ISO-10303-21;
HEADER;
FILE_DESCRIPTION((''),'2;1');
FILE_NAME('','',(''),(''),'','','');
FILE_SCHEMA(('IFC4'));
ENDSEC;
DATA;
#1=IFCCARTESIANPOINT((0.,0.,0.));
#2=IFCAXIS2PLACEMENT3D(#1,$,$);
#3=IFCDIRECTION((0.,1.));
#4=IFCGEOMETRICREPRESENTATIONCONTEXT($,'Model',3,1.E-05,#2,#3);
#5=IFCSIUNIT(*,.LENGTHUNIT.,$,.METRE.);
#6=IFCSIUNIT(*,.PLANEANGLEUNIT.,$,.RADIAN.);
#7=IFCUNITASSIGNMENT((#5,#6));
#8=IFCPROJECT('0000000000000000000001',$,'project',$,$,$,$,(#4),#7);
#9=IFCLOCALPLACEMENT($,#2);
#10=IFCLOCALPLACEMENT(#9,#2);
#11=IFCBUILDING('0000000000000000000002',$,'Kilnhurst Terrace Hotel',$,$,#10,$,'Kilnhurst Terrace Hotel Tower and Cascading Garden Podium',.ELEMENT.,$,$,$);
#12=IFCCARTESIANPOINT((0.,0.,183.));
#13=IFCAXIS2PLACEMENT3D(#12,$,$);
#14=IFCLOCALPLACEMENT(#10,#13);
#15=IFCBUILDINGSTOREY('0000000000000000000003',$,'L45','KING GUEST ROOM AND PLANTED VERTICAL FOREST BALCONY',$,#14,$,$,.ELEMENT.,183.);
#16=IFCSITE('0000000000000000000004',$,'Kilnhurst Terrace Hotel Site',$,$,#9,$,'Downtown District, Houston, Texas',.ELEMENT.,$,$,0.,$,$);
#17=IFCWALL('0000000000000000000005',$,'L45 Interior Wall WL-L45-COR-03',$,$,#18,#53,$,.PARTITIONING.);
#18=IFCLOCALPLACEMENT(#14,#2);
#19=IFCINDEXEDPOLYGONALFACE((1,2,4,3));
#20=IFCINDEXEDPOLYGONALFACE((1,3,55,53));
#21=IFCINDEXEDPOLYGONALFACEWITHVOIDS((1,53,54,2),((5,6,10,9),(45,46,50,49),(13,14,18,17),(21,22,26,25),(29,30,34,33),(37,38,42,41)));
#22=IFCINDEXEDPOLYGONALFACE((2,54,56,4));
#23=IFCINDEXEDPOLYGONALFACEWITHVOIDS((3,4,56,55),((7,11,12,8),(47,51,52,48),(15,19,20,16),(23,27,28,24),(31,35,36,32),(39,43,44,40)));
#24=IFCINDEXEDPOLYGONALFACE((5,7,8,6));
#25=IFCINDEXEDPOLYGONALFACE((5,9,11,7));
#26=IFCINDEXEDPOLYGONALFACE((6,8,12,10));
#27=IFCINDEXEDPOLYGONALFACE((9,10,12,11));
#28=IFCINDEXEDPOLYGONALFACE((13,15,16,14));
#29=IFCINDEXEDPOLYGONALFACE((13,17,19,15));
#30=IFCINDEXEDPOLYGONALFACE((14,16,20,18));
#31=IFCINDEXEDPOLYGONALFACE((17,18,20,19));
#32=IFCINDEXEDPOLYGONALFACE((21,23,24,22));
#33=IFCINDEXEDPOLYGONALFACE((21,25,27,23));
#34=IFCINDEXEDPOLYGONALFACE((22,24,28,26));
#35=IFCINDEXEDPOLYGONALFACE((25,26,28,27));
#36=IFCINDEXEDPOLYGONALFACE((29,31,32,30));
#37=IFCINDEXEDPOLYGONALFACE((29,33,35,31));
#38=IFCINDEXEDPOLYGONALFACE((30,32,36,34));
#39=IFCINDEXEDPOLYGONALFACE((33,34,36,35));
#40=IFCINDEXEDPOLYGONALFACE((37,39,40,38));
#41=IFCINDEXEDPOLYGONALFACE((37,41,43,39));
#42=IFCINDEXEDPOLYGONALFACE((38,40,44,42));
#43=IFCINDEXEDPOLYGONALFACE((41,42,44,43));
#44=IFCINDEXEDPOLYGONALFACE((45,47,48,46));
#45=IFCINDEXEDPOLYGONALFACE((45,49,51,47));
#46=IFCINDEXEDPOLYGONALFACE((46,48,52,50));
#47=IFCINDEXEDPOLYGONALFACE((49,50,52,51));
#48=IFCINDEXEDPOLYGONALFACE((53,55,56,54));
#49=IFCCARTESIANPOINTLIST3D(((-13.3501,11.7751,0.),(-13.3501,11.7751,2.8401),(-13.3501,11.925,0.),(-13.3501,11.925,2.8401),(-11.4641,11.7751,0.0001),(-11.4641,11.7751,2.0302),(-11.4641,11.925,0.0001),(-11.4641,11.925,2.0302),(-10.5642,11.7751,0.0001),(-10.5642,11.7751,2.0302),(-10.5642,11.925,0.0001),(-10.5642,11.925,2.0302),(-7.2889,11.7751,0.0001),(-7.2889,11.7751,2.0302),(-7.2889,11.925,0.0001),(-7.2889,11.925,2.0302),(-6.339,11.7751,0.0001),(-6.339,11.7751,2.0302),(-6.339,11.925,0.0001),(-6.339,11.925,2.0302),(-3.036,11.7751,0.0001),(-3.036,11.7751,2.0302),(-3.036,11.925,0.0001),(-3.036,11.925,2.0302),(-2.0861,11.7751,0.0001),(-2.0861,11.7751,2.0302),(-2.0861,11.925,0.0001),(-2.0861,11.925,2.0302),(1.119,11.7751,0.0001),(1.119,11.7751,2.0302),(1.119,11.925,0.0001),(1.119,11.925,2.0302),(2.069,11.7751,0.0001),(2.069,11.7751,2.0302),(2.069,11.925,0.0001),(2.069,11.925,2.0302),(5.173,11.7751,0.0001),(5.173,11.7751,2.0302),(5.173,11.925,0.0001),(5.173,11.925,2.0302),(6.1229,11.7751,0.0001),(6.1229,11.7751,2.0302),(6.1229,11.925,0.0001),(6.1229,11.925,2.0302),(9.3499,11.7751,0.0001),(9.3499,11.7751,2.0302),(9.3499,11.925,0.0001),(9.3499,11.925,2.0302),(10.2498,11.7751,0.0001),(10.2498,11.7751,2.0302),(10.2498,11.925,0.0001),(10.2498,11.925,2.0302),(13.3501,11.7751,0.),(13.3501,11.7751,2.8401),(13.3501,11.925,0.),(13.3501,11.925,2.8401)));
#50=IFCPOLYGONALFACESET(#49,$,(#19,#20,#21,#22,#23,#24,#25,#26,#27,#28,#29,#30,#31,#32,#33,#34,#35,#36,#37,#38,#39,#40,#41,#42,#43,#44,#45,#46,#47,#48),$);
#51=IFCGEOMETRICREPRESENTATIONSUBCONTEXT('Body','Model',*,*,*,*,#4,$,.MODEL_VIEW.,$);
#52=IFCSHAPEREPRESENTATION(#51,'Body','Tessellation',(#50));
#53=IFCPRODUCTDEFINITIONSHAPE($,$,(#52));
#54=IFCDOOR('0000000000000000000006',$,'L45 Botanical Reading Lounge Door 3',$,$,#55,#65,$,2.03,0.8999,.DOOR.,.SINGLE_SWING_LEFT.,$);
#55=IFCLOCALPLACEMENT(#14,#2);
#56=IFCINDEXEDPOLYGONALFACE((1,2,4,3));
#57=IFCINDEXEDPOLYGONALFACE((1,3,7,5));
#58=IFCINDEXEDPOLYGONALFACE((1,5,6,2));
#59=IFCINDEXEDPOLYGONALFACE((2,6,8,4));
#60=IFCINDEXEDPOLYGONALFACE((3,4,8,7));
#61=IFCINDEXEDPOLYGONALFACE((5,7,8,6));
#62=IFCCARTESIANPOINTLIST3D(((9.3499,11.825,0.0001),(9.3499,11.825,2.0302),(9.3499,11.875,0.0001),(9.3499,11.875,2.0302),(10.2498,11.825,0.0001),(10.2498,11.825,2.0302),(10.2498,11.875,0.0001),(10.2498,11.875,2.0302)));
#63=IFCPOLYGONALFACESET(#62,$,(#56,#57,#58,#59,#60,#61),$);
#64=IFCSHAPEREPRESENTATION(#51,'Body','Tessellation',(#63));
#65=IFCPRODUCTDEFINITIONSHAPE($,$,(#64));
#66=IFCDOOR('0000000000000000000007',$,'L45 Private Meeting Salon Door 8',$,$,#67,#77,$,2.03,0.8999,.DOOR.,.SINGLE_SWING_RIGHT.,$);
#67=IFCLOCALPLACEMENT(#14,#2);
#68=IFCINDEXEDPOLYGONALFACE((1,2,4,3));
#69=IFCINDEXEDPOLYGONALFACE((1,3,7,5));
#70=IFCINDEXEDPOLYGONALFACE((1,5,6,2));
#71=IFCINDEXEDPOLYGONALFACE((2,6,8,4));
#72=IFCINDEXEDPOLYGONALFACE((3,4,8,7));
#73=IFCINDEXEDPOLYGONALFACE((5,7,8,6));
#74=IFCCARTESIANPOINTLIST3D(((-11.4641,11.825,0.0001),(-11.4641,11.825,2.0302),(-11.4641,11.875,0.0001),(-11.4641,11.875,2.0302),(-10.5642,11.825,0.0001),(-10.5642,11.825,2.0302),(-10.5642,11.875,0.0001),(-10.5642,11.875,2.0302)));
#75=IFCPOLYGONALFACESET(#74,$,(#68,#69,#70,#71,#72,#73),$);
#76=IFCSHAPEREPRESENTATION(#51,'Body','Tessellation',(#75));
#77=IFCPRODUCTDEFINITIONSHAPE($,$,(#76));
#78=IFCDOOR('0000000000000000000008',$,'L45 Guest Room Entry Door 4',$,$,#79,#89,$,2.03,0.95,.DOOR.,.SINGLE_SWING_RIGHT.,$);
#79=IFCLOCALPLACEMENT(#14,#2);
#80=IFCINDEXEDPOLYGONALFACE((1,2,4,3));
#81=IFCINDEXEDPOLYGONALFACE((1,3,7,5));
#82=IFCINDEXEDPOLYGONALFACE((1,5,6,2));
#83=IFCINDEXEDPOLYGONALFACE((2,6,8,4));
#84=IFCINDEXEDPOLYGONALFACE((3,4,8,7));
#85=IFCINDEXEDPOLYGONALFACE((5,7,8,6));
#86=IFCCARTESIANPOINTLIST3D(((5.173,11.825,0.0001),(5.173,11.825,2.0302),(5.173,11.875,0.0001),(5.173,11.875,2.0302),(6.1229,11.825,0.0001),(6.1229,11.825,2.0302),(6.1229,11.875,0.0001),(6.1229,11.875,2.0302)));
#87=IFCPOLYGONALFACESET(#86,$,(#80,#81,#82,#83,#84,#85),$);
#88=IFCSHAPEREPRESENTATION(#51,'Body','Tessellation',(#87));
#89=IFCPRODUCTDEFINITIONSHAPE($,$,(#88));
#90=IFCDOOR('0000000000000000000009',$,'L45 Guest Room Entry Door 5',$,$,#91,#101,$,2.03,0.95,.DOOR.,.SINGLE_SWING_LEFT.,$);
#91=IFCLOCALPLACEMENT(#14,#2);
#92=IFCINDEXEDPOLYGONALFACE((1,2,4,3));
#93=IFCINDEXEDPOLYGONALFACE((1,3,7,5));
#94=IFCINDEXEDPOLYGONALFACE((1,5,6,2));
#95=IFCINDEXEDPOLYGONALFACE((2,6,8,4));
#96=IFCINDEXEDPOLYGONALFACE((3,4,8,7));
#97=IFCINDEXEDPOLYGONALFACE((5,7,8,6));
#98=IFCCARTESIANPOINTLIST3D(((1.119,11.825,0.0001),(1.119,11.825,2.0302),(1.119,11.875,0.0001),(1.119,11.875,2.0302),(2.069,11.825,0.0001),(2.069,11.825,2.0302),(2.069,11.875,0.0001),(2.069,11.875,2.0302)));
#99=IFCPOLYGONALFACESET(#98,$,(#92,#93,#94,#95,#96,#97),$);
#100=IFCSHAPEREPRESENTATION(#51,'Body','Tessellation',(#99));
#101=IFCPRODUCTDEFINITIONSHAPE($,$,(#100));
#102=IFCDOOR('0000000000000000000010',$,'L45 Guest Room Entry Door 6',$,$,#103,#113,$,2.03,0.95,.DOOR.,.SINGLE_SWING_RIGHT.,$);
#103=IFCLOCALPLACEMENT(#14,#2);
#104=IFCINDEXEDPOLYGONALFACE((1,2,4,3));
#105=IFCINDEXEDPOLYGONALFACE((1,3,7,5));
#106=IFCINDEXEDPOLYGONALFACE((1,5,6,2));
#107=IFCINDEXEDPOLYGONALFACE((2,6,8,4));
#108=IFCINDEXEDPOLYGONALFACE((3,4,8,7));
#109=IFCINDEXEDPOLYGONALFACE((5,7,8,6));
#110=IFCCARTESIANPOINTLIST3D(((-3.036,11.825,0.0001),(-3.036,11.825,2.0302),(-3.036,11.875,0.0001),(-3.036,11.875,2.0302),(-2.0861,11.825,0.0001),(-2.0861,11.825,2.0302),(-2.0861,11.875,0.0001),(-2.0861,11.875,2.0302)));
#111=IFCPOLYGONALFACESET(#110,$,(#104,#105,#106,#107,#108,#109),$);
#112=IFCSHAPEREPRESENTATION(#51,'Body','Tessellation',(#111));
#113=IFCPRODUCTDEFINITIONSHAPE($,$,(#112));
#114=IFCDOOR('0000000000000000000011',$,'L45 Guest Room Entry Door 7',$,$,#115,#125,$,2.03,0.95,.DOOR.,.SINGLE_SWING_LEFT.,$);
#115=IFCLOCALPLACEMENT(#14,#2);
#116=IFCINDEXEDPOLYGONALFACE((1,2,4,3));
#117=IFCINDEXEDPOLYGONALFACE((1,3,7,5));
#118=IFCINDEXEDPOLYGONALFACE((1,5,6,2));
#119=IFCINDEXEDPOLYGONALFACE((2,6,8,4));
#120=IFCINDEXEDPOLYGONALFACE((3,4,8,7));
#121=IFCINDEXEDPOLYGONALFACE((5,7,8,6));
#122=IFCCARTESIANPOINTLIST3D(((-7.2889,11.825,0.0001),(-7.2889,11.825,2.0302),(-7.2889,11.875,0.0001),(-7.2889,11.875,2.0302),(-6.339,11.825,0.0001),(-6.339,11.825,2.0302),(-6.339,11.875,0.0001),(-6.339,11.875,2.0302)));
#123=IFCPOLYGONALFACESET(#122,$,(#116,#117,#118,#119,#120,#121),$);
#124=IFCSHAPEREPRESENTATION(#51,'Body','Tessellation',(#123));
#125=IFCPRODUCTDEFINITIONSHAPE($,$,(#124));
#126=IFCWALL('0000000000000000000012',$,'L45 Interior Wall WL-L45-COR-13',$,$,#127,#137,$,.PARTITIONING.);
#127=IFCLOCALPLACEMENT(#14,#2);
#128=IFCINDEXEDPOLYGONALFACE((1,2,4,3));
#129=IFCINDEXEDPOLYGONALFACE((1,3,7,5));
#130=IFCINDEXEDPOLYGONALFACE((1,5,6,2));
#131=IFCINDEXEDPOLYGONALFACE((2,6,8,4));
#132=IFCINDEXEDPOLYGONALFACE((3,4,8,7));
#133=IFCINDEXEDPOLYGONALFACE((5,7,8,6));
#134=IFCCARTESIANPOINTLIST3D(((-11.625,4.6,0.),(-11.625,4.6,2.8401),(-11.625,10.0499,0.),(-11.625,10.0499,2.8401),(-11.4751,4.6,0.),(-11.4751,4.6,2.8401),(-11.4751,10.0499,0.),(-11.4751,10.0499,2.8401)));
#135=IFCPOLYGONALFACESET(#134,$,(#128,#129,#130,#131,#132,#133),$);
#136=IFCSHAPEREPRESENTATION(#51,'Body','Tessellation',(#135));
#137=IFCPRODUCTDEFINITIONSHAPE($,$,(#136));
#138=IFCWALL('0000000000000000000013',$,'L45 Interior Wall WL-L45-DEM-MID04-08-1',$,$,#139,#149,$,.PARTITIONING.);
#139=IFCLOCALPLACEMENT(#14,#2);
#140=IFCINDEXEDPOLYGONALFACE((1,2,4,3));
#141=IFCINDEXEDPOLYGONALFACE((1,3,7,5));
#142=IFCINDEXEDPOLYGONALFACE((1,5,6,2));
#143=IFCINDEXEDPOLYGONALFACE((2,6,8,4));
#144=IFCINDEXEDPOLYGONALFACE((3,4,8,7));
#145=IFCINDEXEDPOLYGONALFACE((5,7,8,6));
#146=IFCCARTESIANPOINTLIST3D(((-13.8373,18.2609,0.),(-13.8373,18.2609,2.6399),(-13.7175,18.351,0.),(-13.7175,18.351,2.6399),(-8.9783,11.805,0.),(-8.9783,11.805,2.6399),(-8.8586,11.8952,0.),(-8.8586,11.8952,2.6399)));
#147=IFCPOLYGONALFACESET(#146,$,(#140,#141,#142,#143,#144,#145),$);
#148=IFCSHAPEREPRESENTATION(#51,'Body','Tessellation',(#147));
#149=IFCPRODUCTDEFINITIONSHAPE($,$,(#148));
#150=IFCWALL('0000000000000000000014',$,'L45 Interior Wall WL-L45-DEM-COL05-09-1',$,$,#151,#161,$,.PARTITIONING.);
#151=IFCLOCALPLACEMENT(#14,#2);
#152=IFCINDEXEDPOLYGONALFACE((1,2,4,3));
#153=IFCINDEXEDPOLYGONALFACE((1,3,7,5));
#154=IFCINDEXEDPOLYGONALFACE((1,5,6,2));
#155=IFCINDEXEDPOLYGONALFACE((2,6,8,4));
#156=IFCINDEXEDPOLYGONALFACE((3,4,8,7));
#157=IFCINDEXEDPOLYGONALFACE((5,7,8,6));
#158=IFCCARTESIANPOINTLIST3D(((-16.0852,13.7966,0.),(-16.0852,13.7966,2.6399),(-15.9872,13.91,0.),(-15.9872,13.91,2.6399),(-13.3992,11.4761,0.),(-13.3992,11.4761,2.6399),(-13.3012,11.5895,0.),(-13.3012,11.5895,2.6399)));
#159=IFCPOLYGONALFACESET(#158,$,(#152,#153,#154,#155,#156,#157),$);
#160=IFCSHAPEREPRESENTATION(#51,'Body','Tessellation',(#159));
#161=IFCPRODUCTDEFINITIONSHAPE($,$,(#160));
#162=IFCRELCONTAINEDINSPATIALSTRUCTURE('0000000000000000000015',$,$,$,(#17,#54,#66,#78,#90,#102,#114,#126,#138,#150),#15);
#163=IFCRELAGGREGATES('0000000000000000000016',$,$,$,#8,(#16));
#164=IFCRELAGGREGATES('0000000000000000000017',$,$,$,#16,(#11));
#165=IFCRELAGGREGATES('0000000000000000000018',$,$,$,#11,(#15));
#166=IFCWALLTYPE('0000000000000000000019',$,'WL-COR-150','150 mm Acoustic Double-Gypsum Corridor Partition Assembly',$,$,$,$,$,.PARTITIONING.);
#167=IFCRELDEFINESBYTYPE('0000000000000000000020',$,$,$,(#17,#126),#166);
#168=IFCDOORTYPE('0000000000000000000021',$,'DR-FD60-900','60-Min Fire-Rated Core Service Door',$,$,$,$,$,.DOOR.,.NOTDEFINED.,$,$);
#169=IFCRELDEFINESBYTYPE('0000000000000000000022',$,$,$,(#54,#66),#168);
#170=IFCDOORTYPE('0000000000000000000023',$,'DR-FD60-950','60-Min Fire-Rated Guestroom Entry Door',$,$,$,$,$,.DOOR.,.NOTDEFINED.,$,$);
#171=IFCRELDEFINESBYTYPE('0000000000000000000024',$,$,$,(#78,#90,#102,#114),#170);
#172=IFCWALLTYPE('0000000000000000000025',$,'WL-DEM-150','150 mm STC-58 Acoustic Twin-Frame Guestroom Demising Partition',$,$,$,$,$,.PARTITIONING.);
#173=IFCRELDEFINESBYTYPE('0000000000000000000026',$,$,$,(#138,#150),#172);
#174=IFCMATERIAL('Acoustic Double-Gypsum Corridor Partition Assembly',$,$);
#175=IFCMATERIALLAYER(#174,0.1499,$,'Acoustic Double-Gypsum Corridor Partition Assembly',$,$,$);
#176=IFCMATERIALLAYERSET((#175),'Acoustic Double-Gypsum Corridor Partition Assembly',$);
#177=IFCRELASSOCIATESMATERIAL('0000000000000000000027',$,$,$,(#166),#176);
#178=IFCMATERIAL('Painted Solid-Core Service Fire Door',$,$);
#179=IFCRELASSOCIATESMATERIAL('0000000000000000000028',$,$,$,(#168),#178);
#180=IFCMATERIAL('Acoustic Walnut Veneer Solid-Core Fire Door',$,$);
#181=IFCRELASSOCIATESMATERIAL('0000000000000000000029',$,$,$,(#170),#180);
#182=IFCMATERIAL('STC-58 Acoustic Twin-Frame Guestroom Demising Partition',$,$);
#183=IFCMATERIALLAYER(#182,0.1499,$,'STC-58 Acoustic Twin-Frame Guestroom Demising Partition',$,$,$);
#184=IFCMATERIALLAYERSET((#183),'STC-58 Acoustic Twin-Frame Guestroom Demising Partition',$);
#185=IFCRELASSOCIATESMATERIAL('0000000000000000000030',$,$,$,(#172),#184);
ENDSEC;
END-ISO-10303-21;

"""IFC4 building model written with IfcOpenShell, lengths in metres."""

from ifc_helpers import new_model, si_unit, direction, frame, frame_2d, origin, place, context, subcontext, project, spatial, rectangle, extrude, material, layer, layer_set, type_object, element, fill, save


model = new_model("IFC4")

# Units and contexts
model_context = context("Model", 3, precision=1e-05, world=origin(), true_north=direction((0.0, 1.0)))
body_context = subcontext(model_context, "Body", "Model", "MODEL_VIEW")
ifc_project = project(units=[si_unit("LENGTHUNIT", "METRE"), si_unit("PLANEANGLEUNIT", "RADIAN")], contexts=[model_context])

# Site, building, storey
site_placement = place(None, origin())
site = spatial("IfcSite", under=ifc_project, at=site_placement, Name="Kilnhurst Terrace Hotel Site", LongName="Downtown District, Houston, Texas", CompositionType="ELEMENT", RefElevation=0.0)
building_placement = place(site_placement, origin())
building = spatial("IfcBuilding", under=site, at=building_placement, Name="Kilnhurst Terrace Hotel", LongName="Kilnhurst Terrace Hotel Tower and Cascading Garden Podium", CompositionType="ELEMENT")
storey_placement = place(building_placement, frame((0.0, 0.0, 183.0)))
storey = spatial("IfcBuildingStorey", under=building, at=storey_placement, Name="L45", Description="KING GUEST ROOM AND PLANTED VERTICAL FOREST BALCONY", CompositionType="ELEMENT", Elevation=183.0)

# Wall, openings, doors
ifc_material_1 = material(Name="Acoustic Double-Gypsum Corridor Partition Assembly")
ifc_layer_1 = layer(ifc_material_1, 0.1499, Name="Acoustic Double-Gypsum Corridor Partition Assembly")
ifc_layer_set_1 = layer_set([ifc_layer_1], Name="Acoustic Double-Gypsum Corridor Partition Assembly")
wall_type_1 = type_object("IfcWallType", Name="WL-COR-150", Description="150 mm Acoustic Double-Gypsum Corridor Partition Assembly", PredefinedType="PARTITIONING", material=ifc_layer_set_1)
wall_1_placement = place(storey_placement, frame((-13.3501, 11.8501, 0.0), z_axis=(0.0, 0.0, 1.0), x_axis=(1.0, 0.0, 0.0)))
wall_1 = element("IfcWall", 1, at=wall_1_placement, inside=storey, type_object=wall_type_1, Name="L45 Interior Wall WL-L45-COR-03", PredefinedType="PARTITIONING", context=body_context, shape_type="SweptSolid", body=[
    extrude(rectangle(XDim=26.7002, YDim=0.1499, at=frame_2d((13.3501, 0.0))), origin(), (0.0, 0.0, 1.0), 2.8401),
])
opening_1_placement = place(wall_1_placement, frame((22.7, 0.0, 0.0)))
opening_1 = element("IfcOpeningElement", 2, at=opening_1_placement, cuts=wall_1, PredefinedType="OPENING", context=body_context, shape_type="SweptSolid", body=[
    extrude(rectangle(XDim=0.8999, YDim=2.03, at=frame_2d((0.45, 1.0151))), frame((0.0, 0.085, 0.0), z_axis=(0.0, -1.0, 0.0), x_axis=(1.0, 0.0, 0.0)), (0.0, 0.0, 1.0), 0.1699),
])
opening_2_placement = place(wall_1_placement, frame((18.5229, 0.0, 0.0)))
opening_2 = element("IfcOpeningElement", 3, at=opening_2_placement, cuts=wall_1, PredefinedType="OPENING", context=body_context, shape_type="SweptSolid", body=[
    extrude(rectangle(XDim=0.95, YDim=2.03, at=frame_2d((0.4751, 1.0151))), frame((0.0, 0.085, 0.0), z_axis=(0.0, -1.0, 0.0), x_axis=(1.0, 0.0, 0.0)), (0.0, 0.0, 1.0), 0.1699),
])
opening_3_placement = place(wall_1_placement, frame((14.469, 0.0, 0.0)))
opening_3 = element("IfcOpeningElement", 4, at=opening_3_placement, cuts=wall_1, PredefinedType="OPENING", context=body_context, shape_type="SweptSolid", body=[
    extrude(rectangle(XDim=0.95, YDim=2.03, at=frame_2d((0.4751, 1.0151))), frame((0.0, 0.085, 0.0), z_axis=(0.0, -1.0, 0.0), x_axis=(1.0, 0.0, 0.0)), (0.0, 0.0, 1.0), 0.1699),
])
opening_4_placement = place(wall_1_placement, frame((10.314, 0.0, 0.0)))
opening_4 = element("IfcOpeningElement", 5, at=opening_4_placement, cuts=wall_1, PredefinedType="OPENING", context=body_context, shape_type="SweptSolid", body=[
    extrude(rectangle(XDim=0.95, YDim=2.03, at=frame_2d((0.4751, 1.0151))), frame((0.0, 0.085, 0.0), z_axis=(0.0, -1.0, 0.0), x_axis=(1.0, 0.0, 0.0)), (0.0, 0.0, 1.0), 0.1699),
])
opening_5_placement = place(wall_1_placement, frame((6.061, 0.0, 0.0)))
opening_5 = element("IfcOpeningElement", 6, at=opening_5_placement, cuts=wall_1, PredefinedType="OPENING", context=body_context, shape_type="SweptSolid", body=[
    extrude(rectangle(XDim=0.95, YDim=2.03, at=frame_2d((0.4751, 1.0151))), frame((0.0, 0.085, 0.0), z_axis=(0.0, -1.0, 0.0), x_axis=(1.0, 0.0, 0.0)), (0.0, 0.0, 1.0), 0.1699),
])
opening_6_placement = place(wall_1_placement, frame((1.886, 0.0, 0.0)))
opening_6 = element("IfcOpeningElement", 7, at=opening_6_placement, cuts=wall_1, PredefinedType="OPENING", context=body_context, shape_type="SweptSolid", body=[
    extrude(rectangle(XDim=0.8999, YDim=2.03, at=frame_2d((0.45, 1.0151))), frame((0.0, 0.085, 0.0), z_axis=(0.0, -1.0, 0.0), x_axis=(1.0, 0.0, 0.0)), (0.0, 0.0, 1.0), 0.1699),
])
ifc_material_2 = material(Name="Painted Solid-Core Service Fire Door")
door_type_1 = type_object("IfcDoorType", Name="DR-FD60-900", Description="60-Min Fire-Rated Core Service Door", OperationType="NOTDEFINED", PredefinedType="DOOR", material=ifc_material_2)
door_1_placement = place(opening_1_placement, origin())
door_1 = element("IfcDoor", 8, at=door_1_placement, inside=storey, type_object=door_type_1, Name="L45 Botanical Reading Lounge Door 3", OperationType="SINGLE_SWING_LEFT", OverallHeight=2.03, OverallWidth=0.8999, PredefinedType="DOOR", context=body_context, shape_type="SweptSolid", body=[
    extrude(rectangle(XDim=0.8999, YDim=2.03, at=frame_2d((0.45, 1.0151))), frame((0.0, 0.0249, 0.0), z_axis=(0.0, -1.0, 0.0), x_axis=(1.0, 0.0, 0.0)), (0.0, 0.0, 1.0), 0.05),
])
fill(opening_1, door_1)
door_2_placement = place(opening_6_placement, origin())
door_2 = element("IfcDoor", 9, at=door_2_placement, inside=storey, type_object=door_type_1, Name="L45 Private Meeting Salon Door 8", OperationType="SINGLE_SWING_RIGHT", OverallHeight=2.03, OverallWidth=0.8999, PredefinedType="DOOR", context=body_context, shape_type="SweptSolid", body=[
    extrude(rectangle(XDim=0.8999, YDim=2.03, at=frame_2d((0.45, 1.0151))), frame((0.0, 0.0249, 0.0), z_axis=(0.0, -1.0, 0.0), x_axis=(1.0, 0.0, 0.0)), (0.0, 0.0, 1.0), 0.05),
])
fill(opening_6, door_2)
ifc_material_3 = material(Name="Acoustic Walnut Veneer Solid-Core Fire Door")
door_type_2 = type_object("IfcDoorType", Name="DR-FD60-950", Description="60-Min Fire-Rated Guestroom Entry Door", OperationType="NOTDEFINED", PredefinedType="DOOR", material=ifc_material_3)
door_3_placement = place(opening_2_placement, origin())
door_3 = element("IfcDoor", 10, at=door_3_placement, inside=storey, type_object=door_type_2, Name="L45 Guest Room Entry Door 4", OperationType="SINGLE_SWING_RIGHT", OverallHeight=2.03, OverallWidth=0.95, PredefinedType="DOOR", context=body_context, shape_type="SweptSolid", body=[
    extrude(rectangle(XDim=0.95, YDim=2.03, at=frame_2d((0.4751, 1.0151))), frame((0.0, 0.0249, 0.0), z_axis=(0.0, -1.0, 0.0), x_axis=(1.0, 0.0, 0.0)), (0.0, 0.0, 1.0), 0.05),
])
fill(opening_2, door_3)
door_4_placement = place(opening_3_placement, origin())
door_4 = element("IfcDoor", 11, at=door_4_placement, inside=storey, type_object=door_type_2, Name="L45 Guest Room Entry Door 5", OperationType="SINGLE_SWING_LEFT", OverallHeight=2.03, OverallWidth=0.95, PredefinedType="DOOR", context=body_context, shape_type="SweptSolid", body=[
    extrude(rectangle(XDim=0.95, YDim=2.03, at=frame_2d((0.4751, 1.0151))), frame((0.0, 0.0249, 0.0), z_axis=(0.0, -1.0, 0.0), x_axis=(1.0, 0.0, 0.0)), (0.0, 0.0, 1.0), 0.05),
])
fill(opening_3, door_4)
door_5_placement = place(opening_4_placement, origin())
door_5 = element("IfcDoor", 12, at=door_5_placement, inside=storey, type_object=door_type_2, Name="L45 Guest Room Entry Door 6", OperationType="SINGLE_SWING_RIGHT", OverallHeight=2.03, OverallWidth=0.95, PredefinedType="DOOR", context=body_context, shape_type="SweptSolid", body=[
    extrude(rectangle(XDim=0.95, YDim=2.03, at=frame_2d((0.4751, 1.0151))), frame((0.0, 0.0249, 0.0), z_axis=(0.0, -1.0, 0.0), x_axis=(1.0, 0.0, 0.0)), (0.0, 0.0, 1.0), 0.05),
])
fill(opening_4, door_5)
door_6_placement = place(opening_5_placement, origin())
door_6 = element("IfcDoor", 13, at=door_6_placement, inside=storey, type_object=door_type_2, Name="L45 Guest Room Entry Door 7", OperationType="SINGLE_SWING_LEFT", OverallHeight=2.03, OverallWidth=0.95, PredefinedType="DOOR", context=body_context, shape_type="SweptSolid", body=[
    extrude(rectangle(XDim=0.95, YDim=2.03, at=frame_2d((0.4751, 1.0151))), frame((0.0, 0.0249, 0.0), z_axis=(0.0, -1.0, 0.0), x_axis=(1.0, 0.0, 0.0)), (0.0, 0.0, 1.0), 0.05),
])
fill(opening_5, door_6)

# Walls
wall_2_placement = place(storey_placement, frame((-11.55, 10.05, 0.0), z_axis=(0.0, 0.0, 1.0), x_axis=(0.0, -1.0, 0.0)))
element("IfcWall", 14, at=wall_2_placement, inside=storey, type_object=wall_type_1, Name="L45 Interior Wall WL-L45-COR-13", PredefinedType="PARTITIONING", context=body_context, shape_type="SweptSolid", body=[
    extrude(rectangle(XDim=5.45, YDim=0.1499, at=frame_2d((2.7251, 0.0))), origin(), (0.0, 0.0, 1.0), 2.8401),
])
ifc_material_4 = material(Name="STC-58 Acoustic Twin-Frame Guestroom Demising Partition")
ifc_layer_2 = layer(ifc_material_4, 0.1499, Name="STC-58 Acoustic Twin-Frame Guestroom Demising Partition")
ifc_layer_set_2 = layer_set([ifc_layer_2], Name="STC-58 Acoustic Twin-Frame Guestroom Demising Partition")
wall_type_2 = type_object("IfcWallType", Name="WL-DEM-150", Description="150 mm STC-58 Acoustic Twin-Frame Guestroom Demising Partition", PredefinedType="PARTITIONING", material=ifc_layer_set_2)
wall_3_placement = place(storey_placement, frame((-8.9185, 11.8501, 0.0), z_axis=(0.0, 0.0, 1.0), x_axis=(-0.601348, 0.798987, 0.0)))
element("IfcWall", 15, at=wall_3_placement, inside=storey, type_object=wall_type_2, Name="L45 Interior Wall WL-L45-DEM-MID04-08-1", PredefinedType="PARTITIONING", context=body_context, shape_type="SweptSolid", body=[
    extrude(rectangle(XDim=8.0801, YDim=0.1499, at=frame_2d((4.04, 0.0))), origin(), (0.0, 0.0, 1.0), 2.6399),
])
wall_4_placement = place(storey_placement, frame((-13.3501, 11.5327, 0.0), z_axis=(0.0, 0.0, 1.0), x_axis=(-0.756712, 0.653749, 0.0)))
element("IfcWall", 16, at=wall_4_placement, inside=storey, type_object=wall_type_2, Name="L45 Interior Wall WL-L45-DEM-COL05-09-1", PredefinedType="PARTITIONING", context=body_context, shape_type="SweptSolid", body=[
    extrude(rectangle(XDim=3.5496, YDim=0.1499, at=frame_2d((1.7749, 0.0))), origin(), (0.0, 0.0, 1.0), 2.6399),
])

save(model, "model.ifc")
